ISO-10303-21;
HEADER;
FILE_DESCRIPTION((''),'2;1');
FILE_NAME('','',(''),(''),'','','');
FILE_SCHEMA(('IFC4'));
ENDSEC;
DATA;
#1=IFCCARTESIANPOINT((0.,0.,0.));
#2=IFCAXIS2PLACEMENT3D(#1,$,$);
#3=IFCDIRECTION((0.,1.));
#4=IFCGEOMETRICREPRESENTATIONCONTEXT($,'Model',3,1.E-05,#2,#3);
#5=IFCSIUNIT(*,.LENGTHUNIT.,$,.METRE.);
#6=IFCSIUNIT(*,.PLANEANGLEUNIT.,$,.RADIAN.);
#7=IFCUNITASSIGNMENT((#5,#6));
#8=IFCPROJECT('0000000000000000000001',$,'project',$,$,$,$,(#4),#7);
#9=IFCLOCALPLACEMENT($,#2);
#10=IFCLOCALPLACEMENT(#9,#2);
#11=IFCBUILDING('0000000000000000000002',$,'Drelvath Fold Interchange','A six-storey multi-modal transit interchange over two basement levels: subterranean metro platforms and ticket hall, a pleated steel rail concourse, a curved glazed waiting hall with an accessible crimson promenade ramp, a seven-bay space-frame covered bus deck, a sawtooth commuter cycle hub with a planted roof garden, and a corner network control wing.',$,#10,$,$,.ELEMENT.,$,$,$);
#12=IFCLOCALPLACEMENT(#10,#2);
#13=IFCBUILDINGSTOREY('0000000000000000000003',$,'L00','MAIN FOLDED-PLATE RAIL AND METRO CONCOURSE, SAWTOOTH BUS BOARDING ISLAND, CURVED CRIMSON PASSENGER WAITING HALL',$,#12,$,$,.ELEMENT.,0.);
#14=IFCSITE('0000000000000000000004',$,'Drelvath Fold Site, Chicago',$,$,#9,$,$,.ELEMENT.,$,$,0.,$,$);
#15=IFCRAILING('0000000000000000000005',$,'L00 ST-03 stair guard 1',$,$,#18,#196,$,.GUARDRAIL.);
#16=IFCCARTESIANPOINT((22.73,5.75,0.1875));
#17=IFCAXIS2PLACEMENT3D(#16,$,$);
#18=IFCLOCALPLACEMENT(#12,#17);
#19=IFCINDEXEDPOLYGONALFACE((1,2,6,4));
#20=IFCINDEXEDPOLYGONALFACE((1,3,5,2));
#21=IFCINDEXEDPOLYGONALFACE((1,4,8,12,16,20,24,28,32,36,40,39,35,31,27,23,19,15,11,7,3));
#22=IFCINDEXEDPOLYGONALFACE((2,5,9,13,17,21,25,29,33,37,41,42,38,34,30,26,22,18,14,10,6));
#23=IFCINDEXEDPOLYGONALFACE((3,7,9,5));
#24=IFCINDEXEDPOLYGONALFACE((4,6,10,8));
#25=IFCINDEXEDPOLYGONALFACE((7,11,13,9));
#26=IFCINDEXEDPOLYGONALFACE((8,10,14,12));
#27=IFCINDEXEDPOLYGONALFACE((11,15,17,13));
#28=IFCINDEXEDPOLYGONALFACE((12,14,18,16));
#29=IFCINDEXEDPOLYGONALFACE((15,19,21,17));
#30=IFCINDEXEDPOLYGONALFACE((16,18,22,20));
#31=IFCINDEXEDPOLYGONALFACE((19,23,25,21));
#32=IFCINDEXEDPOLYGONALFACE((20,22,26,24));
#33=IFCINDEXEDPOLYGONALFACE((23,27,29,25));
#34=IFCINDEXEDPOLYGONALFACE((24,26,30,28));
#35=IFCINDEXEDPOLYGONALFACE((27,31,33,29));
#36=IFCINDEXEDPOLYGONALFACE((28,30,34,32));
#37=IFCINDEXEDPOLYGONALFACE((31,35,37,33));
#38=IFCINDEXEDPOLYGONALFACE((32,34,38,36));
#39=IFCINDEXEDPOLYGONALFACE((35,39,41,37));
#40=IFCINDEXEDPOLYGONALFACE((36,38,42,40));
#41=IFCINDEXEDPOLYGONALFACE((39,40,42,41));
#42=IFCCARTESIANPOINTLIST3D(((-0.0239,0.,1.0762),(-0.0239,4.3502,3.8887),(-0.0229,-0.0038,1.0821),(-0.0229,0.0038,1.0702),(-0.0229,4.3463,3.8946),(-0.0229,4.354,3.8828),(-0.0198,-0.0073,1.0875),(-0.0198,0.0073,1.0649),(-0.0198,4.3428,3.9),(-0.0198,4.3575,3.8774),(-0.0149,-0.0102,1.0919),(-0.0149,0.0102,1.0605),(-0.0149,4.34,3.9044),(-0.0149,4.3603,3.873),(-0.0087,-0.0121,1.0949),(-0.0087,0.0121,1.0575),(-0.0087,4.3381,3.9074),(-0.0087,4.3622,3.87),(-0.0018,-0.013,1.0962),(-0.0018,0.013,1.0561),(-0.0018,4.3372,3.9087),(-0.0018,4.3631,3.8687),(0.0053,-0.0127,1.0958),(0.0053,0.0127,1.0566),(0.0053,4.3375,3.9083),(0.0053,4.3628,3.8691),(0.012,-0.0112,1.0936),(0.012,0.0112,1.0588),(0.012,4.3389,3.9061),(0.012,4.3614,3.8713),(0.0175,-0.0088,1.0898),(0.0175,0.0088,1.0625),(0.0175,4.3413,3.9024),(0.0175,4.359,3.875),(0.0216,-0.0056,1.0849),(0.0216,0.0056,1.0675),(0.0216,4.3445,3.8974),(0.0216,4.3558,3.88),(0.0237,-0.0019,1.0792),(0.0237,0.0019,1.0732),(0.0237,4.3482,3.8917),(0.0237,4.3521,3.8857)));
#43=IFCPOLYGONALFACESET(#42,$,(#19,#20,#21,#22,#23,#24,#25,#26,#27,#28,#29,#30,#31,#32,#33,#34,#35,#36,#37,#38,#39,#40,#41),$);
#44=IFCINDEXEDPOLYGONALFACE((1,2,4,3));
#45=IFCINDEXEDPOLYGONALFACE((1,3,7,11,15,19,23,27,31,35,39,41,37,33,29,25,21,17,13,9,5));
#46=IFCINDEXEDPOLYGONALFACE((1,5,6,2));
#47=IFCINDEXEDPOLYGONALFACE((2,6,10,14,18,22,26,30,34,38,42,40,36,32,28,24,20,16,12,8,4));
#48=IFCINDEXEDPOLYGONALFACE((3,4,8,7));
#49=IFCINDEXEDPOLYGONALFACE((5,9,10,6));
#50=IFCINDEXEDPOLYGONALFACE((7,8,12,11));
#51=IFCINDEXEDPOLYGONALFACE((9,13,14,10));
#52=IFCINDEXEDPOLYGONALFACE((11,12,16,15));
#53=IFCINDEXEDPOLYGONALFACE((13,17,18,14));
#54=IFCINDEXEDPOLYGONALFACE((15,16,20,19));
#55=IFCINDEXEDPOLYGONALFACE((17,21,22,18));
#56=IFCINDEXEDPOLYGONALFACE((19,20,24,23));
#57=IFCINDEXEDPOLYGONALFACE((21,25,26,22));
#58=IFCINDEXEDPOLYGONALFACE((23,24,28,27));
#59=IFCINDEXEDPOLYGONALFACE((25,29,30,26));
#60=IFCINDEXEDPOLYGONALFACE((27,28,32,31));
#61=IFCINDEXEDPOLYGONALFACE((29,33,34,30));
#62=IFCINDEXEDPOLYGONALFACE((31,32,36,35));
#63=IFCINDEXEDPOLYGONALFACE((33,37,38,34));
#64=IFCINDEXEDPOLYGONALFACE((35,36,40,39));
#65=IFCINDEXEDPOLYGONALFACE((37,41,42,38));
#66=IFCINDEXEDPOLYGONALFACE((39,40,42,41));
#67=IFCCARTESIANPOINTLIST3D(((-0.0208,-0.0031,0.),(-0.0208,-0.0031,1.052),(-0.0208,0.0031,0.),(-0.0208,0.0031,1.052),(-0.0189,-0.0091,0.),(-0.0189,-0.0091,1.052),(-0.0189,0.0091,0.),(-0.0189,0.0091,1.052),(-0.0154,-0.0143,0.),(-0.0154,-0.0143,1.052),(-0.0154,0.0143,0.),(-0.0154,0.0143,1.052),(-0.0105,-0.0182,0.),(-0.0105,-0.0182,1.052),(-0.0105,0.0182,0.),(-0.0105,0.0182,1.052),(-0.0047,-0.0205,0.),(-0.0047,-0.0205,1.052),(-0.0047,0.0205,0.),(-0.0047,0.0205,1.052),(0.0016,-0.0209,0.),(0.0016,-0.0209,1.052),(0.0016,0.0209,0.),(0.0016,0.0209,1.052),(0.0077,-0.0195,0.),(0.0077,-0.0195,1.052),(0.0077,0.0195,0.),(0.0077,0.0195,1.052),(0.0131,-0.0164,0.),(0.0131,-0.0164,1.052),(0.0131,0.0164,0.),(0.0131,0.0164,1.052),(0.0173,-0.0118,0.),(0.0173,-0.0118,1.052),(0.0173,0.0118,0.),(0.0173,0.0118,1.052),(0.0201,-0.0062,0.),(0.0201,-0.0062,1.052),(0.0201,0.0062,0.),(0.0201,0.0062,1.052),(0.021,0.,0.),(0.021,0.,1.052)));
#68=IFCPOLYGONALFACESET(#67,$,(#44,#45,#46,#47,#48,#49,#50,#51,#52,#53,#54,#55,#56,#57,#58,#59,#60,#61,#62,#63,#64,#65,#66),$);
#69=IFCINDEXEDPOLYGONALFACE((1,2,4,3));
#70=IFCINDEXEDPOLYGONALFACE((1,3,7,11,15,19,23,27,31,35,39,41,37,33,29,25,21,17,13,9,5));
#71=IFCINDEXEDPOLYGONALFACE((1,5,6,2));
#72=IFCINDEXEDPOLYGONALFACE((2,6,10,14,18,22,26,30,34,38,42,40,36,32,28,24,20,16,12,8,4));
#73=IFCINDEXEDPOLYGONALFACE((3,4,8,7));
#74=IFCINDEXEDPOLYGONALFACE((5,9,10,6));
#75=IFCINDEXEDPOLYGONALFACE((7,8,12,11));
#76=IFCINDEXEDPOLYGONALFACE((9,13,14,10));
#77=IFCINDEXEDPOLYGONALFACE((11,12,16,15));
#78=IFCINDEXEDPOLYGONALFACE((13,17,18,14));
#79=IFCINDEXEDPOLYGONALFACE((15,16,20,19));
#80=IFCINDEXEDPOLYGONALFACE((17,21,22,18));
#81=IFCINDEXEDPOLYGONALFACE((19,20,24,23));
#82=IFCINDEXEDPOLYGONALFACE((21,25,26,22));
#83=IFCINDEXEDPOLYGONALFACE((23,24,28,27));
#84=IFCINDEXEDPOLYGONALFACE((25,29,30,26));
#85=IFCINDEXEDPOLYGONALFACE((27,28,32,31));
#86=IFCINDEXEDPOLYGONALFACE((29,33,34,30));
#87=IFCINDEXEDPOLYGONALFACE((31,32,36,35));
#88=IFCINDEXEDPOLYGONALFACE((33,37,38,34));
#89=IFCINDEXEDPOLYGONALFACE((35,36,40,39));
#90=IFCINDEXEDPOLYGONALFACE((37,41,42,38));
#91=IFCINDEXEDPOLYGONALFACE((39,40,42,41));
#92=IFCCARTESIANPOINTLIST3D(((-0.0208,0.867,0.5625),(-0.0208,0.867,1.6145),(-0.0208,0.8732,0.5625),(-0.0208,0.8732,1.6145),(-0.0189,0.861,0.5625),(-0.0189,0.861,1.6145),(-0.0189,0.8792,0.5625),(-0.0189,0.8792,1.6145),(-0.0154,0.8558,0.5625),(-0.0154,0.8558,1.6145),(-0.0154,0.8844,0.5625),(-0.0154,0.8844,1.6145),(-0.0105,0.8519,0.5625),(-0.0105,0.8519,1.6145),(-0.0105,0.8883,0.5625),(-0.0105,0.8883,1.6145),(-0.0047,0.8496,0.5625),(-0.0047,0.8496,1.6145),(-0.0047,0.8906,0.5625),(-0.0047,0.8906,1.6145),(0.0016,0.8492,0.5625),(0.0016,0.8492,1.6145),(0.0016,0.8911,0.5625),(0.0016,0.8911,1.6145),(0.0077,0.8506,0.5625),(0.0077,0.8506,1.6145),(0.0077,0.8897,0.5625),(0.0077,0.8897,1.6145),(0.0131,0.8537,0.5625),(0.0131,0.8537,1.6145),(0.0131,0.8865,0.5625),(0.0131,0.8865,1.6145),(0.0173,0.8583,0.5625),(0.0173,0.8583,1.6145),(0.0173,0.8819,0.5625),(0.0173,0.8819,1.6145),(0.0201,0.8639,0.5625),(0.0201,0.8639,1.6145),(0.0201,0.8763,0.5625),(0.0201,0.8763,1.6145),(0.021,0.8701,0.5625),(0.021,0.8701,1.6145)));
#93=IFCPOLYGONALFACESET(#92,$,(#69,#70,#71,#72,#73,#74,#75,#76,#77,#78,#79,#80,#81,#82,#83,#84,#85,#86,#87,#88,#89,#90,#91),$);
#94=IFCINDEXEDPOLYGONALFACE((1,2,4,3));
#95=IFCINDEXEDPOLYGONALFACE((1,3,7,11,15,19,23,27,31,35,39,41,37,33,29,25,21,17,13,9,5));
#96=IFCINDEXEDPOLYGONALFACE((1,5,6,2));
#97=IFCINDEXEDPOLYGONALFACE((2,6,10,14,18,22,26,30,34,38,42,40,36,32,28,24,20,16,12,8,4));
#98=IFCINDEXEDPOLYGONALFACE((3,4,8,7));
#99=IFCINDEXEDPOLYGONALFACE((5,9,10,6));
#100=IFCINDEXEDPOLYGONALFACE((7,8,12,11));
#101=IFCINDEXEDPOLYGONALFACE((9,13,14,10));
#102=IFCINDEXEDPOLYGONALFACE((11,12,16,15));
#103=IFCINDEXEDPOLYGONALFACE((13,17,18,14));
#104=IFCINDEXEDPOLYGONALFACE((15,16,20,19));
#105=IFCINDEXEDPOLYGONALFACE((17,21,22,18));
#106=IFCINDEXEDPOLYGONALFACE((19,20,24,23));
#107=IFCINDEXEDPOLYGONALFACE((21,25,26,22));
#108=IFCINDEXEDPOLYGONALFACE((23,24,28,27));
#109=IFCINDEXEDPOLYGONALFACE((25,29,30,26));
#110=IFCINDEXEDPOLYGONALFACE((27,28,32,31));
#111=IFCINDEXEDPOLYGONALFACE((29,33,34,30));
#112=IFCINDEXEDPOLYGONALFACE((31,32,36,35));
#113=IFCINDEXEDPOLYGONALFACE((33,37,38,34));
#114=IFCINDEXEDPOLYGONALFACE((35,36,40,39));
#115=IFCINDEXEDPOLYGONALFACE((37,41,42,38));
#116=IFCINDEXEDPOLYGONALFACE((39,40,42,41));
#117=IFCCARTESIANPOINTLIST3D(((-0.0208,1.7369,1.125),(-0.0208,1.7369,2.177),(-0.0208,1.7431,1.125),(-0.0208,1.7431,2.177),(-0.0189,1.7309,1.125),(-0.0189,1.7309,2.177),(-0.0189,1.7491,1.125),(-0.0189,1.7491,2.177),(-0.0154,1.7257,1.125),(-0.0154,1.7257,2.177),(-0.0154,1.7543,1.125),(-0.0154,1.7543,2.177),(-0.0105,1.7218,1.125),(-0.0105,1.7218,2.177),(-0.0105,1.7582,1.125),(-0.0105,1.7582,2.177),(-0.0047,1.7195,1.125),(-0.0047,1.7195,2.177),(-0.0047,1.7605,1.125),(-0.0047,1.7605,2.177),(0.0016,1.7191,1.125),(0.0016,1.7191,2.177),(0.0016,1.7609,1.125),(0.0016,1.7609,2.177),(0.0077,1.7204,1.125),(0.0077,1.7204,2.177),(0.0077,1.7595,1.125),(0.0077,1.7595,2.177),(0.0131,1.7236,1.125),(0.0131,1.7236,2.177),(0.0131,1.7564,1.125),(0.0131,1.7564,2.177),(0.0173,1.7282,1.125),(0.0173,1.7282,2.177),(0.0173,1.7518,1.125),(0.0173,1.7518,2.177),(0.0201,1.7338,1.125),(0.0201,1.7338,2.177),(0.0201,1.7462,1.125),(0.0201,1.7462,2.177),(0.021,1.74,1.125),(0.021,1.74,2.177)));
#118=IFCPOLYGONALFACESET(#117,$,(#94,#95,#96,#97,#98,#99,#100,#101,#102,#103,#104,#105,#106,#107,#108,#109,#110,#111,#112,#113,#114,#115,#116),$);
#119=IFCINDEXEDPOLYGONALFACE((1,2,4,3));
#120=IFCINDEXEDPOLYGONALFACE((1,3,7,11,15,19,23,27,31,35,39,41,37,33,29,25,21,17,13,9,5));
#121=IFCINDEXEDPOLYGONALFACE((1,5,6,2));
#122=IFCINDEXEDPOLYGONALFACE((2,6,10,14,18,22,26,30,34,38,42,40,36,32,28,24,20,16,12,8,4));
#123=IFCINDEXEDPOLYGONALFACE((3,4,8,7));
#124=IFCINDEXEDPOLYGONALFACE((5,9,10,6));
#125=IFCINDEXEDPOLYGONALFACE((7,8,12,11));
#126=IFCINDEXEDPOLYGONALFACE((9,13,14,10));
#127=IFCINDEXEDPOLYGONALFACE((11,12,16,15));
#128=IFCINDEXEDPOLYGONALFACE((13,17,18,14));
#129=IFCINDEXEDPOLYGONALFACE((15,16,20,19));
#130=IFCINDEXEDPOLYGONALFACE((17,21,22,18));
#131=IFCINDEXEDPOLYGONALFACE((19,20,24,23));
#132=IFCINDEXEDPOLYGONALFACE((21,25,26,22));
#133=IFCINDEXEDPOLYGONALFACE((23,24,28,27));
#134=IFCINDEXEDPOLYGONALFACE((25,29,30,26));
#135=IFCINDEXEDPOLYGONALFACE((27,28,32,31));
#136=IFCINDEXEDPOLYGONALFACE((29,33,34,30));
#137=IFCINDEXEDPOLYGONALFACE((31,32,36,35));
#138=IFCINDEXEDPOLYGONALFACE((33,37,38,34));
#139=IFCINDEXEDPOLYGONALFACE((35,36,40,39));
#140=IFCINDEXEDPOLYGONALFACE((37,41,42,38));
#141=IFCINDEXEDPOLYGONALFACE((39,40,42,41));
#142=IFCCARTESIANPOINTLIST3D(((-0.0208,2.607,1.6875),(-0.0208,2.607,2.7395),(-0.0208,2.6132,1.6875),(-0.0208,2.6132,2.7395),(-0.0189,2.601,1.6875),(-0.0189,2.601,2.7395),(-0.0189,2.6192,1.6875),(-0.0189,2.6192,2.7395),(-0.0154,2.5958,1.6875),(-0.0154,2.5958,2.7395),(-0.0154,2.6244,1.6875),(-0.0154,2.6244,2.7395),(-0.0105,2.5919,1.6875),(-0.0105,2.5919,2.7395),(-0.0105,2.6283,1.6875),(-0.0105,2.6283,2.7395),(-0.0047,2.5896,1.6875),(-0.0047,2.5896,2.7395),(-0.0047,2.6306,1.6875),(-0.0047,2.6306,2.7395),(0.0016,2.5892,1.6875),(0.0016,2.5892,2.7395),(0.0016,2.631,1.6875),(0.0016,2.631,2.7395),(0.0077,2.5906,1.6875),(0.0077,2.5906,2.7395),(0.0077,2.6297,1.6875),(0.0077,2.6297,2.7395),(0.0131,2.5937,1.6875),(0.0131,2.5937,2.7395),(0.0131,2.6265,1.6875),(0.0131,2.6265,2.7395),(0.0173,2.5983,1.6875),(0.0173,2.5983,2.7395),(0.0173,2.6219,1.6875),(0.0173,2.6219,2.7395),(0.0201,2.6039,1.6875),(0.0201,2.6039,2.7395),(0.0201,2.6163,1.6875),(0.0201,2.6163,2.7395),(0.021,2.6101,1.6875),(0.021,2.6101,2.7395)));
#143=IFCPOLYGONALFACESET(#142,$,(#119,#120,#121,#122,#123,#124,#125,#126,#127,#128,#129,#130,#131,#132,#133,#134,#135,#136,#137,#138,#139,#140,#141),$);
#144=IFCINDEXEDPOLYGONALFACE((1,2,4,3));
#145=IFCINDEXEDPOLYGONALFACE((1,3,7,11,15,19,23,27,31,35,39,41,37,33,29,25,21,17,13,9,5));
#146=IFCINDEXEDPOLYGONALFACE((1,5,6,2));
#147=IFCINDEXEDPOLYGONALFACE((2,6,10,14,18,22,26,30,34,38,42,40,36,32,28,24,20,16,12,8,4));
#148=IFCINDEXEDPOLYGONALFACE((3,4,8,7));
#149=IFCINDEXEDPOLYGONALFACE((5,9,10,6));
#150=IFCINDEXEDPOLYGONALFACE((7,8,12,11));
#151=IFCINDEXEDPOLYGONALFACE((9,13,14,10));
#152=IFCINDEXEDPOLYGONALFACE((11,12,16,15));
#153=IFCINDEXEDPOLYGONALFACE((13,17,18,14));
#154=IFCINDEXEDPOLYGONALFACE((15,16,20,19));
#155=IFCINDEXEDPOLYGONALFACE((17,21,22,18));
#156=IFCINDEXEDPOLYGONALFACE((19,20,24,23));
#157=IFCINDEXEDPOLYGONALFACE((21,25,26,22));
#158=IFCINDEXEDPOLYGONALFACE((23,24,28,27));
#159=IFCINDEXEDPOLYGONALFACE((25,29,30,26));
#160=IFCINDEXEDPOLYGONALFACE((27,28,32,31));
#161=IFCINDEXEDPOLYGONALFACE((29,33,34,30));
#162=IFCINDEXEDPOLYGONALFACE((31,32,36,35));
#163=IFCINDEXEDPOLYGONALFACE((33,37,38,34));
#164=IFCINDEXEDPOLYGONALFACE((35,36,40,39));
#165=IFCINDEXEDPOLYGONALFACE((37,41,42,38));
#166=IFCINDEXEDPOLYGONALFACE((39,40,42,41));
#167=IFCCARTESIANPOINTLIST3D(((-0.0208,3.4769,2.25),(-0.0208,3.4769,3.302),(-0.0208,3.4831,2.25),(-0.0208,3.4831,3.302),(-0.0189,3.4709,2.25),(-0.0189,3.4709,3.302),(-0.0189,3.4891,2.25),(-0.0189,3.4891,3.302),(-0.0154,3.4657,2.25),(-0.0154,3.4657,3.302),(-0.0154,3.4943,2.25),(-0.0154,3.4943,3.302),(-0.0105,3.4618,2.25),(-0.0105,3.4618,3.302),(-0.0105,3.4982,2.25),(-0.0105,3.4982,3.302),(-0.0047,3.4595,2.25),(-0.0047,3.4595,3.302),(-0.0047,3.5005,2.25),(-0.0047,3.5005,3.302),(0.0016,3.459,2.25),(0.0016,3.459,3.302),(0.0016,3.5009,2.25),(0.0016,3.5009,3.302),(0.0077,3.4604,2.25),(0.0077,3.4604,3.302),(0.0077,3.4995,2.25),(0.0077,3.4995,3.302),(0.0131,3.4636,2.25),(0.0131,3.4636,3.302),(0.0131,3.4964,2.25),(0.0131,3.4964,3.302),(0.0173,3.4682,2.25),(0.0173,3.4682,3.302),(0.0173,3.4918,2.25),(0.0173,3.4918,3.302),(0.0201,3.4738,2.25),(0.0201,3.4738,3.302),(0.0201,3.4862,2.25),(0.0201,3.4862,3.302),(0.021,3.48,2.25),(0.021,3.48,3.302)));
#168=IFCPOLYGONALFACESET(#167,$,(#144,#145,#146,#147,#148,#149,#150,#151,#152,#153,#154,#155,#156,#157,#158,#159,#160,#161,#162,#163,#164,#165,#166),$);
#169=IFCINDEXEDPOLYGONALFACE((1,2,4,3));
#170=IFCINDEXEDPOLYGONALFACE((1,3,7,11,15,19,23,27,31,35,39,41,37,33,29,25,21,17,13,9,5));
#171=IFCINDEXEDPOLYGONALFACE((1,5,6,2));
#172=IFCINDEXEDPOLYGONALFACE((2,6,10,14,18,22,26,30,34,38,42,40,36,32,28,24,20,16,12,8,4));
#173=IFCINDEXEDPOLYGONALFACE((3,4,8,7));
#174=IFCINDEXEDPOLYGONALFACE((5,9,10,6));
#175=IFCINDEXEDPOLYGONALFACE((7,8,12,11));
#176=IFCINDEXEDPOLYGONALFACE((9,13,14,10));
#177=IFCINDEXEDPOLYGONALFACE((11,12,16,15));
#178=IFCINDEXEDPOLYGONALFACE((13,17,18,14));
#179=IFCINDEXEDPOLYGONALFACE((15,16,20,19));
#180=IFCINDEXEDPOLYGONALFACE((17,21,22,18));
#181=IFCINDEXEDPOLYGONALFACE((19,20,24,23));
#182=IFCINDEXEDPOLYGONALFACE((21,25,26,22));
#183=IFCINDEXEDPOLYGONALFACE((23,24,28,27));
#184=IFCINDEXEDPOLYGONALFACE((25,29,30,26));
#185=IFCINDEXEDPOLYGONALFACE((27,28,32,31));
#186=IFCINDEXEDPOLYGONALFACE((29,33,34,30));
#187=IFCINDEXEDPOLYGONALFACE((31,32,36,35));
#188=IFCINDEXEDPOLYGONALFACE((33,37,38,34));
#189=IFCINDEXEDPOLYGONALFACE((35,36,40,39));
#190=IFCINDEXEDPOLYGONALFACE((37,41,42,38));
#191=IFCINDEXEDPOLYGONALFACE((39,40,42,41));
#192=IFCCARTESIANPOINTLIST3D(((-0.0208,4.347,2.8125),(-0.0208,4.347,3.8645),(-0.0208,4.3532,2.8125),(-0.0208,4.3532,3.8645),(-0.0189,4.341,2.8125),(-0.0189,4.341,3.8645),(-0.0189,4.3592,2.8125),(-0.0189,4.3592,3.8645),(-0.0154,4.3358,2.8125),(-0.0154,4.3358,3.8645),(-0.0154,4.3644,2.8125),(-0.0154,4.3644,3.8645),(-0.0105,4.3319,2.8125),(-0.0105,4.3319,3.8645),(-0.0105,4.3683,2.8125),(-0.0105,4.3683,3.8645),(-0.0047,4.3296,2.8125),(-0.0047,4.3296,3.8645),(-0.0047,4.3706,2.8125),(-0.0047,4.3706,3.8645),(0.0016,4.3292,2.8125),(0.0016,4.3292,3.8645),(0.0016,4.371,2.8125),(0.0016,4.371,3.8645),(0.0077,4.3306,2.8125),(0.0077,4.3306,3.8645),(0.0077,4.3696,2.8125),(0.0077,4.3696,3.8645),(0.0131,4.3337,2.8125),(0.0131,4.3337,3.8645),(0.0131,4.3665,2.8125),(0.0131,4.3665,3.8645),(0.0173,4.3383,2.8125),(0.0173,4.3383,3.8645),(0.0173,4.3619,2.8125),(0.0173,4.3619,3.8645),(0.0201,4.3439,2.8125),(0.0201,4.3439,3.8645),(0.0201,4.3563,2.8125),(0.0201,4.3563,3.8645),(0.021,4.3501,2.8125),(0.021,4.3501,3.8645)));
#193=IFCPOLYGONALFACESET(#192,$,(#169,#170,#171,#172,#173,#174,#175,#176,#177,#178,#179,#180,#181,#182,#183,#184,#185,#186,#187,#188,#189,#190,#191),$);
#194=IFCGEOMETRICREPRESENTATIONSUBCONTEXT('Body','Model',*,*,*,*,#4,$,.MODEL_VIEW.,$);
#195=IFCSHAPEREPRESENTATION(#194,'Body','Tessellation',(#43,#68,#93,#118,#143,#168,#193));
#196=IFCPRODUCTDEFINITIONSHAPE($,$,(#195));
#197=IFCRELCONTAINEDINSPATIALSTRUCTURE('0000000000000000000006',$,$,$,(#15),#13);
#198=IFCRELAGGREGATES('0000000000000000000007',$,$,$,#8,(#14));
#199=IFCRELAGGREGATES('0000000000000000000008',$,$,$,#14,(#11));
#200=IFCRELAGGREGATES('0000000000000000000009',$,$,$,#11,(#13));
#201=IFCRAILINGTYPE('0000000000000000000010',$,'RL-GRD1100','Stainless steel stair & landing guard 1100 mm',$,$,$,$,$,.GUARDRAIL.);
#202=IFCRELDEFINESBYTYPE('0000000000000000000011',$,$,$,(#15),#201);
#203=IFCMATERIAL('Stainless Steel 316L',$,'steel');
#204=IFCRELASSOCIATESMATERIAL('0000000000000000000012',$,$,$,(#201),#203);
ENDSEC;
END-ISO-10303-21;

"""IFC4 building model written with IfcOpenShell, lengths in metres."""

from ifc_helpers import new_model, si_unit, direction, frame, origin, origin_2d, place, context, subcontext, project, spatial, circle, extrude, material, type_object, element, save


model = new_model("IFC4")

# Units and contexts
model_context = context("Model", 3, precision=1e-05, world=origin(), true_north=direction((0.0, 1.0)))
body_context = subcontext(model_context, "Body", "Model", "MODEL_VIEW")
ifc_project = project(units=[si_unit("LENGTHUNIT", "METRE"), si_unit("PLANEANGLEUNIT", "RADIAN")], contexts=[model_context])

# Site, building, storey
site_placement = place(None, origin())
site = spatial("IfcSite", under=ifc_project, at=site_placement, Name="Drelvath Fold Site, Chicago", CompositionType="ELEMENT", RefElevation=0.0)
building_placement = place(site_placement, origin())
building = spatial("IfcBuilding", under=site, at=building_placement, Name="Drelvath Fold Interchange", Description="A six-storey multi-modal transit interchange over two basement levels: subterranean metro platforms and ticket hall, a pleated steel rail concourse, a curved glazed waiting hall with an accessible crimson promenade ramp, a seven-bay space-frame covered bus deck, a sawtooth commuter cycle hub with a planted roof garden, and a corner network control wing.", CompositionType="ELEMENT")
storey_placement = place(building_placement, origin())
storey = spatial("IfcBuildingStorey", under=building, at=storey_placement, Name="L00", Description="MAIN FOLDED-PLATE RAIL AND METRO CONCOURSE, SAWTOOTH BUS BOARDING ISLAND, CURVED CRIMSON PASSENGER WAITING HALL", CompositionType="ELEMENT", Elevation=0.0)

# Railing
ifc_material_1 = material(Name="Stainless Steel 316L", Category="steel")
railing_type_1 = type_object("IfcRailingType", Name="RL-GRD1100", Description="Stainless steel stair & landing guard 1100 mm", PredefinedType="GUARDRAIL", material=ifc_material_1)
railing_1_placement = place(storey_placement, frame((22.73, 5.75, 0.1875)))
element("IfcRailing", 1, at=railing_1_placement, inside=storey, type_object=railing_type_1, Name="L00 ST-03 stair guard 1", PredefinedType="GUARDRAIL", context=body_context, shape_type="SweptSolid", body=[
    extrude(circle(Radius=0.0239, at=origin_2d()), frame((0.0, 0.0, 1.0762), z_axis=(0.0, 0.83977, 0.542942), x_axis=(-1.0, 0.0, 0.0)), (0.0, 0.0, 1.0), 5.1802),
    extrude(circle(Radius=0.021, at=origin_2d()), origin(), (0.0, 0.0, 1.0), 1.052),
    extrude(circle(Radius=0.021, at=origin_2d()), frame((0.0, 0.8701, 0.5625)), (0.0, 0.0, 1.0), 1.052),
    extrude(circle(Radius=0.021, at=origin_2d()), frame((0.0, 1.74, 1.125)), (0.0, 0.0, 1.0), 1.052),
    extrude(circle(Radius=0.021, at=origin_2d()), frame((0.0, 2.6101, 1.6875)), (0.0, 0.0, 1.0), 1.052),
    extrude(circle(Radius=0.021, at=origin_2d()), frame((0.0, 3.48, 2.25)), (0.0, 0.0, 1.0), 1.052),
    extrude(circle(Radius=0.021, at=origin_2d()), frame((0.0, 4.3501, 2.8125)), (0.0, 0.0, 1.0), 1.052),
])

save(model, "model.ifc")
